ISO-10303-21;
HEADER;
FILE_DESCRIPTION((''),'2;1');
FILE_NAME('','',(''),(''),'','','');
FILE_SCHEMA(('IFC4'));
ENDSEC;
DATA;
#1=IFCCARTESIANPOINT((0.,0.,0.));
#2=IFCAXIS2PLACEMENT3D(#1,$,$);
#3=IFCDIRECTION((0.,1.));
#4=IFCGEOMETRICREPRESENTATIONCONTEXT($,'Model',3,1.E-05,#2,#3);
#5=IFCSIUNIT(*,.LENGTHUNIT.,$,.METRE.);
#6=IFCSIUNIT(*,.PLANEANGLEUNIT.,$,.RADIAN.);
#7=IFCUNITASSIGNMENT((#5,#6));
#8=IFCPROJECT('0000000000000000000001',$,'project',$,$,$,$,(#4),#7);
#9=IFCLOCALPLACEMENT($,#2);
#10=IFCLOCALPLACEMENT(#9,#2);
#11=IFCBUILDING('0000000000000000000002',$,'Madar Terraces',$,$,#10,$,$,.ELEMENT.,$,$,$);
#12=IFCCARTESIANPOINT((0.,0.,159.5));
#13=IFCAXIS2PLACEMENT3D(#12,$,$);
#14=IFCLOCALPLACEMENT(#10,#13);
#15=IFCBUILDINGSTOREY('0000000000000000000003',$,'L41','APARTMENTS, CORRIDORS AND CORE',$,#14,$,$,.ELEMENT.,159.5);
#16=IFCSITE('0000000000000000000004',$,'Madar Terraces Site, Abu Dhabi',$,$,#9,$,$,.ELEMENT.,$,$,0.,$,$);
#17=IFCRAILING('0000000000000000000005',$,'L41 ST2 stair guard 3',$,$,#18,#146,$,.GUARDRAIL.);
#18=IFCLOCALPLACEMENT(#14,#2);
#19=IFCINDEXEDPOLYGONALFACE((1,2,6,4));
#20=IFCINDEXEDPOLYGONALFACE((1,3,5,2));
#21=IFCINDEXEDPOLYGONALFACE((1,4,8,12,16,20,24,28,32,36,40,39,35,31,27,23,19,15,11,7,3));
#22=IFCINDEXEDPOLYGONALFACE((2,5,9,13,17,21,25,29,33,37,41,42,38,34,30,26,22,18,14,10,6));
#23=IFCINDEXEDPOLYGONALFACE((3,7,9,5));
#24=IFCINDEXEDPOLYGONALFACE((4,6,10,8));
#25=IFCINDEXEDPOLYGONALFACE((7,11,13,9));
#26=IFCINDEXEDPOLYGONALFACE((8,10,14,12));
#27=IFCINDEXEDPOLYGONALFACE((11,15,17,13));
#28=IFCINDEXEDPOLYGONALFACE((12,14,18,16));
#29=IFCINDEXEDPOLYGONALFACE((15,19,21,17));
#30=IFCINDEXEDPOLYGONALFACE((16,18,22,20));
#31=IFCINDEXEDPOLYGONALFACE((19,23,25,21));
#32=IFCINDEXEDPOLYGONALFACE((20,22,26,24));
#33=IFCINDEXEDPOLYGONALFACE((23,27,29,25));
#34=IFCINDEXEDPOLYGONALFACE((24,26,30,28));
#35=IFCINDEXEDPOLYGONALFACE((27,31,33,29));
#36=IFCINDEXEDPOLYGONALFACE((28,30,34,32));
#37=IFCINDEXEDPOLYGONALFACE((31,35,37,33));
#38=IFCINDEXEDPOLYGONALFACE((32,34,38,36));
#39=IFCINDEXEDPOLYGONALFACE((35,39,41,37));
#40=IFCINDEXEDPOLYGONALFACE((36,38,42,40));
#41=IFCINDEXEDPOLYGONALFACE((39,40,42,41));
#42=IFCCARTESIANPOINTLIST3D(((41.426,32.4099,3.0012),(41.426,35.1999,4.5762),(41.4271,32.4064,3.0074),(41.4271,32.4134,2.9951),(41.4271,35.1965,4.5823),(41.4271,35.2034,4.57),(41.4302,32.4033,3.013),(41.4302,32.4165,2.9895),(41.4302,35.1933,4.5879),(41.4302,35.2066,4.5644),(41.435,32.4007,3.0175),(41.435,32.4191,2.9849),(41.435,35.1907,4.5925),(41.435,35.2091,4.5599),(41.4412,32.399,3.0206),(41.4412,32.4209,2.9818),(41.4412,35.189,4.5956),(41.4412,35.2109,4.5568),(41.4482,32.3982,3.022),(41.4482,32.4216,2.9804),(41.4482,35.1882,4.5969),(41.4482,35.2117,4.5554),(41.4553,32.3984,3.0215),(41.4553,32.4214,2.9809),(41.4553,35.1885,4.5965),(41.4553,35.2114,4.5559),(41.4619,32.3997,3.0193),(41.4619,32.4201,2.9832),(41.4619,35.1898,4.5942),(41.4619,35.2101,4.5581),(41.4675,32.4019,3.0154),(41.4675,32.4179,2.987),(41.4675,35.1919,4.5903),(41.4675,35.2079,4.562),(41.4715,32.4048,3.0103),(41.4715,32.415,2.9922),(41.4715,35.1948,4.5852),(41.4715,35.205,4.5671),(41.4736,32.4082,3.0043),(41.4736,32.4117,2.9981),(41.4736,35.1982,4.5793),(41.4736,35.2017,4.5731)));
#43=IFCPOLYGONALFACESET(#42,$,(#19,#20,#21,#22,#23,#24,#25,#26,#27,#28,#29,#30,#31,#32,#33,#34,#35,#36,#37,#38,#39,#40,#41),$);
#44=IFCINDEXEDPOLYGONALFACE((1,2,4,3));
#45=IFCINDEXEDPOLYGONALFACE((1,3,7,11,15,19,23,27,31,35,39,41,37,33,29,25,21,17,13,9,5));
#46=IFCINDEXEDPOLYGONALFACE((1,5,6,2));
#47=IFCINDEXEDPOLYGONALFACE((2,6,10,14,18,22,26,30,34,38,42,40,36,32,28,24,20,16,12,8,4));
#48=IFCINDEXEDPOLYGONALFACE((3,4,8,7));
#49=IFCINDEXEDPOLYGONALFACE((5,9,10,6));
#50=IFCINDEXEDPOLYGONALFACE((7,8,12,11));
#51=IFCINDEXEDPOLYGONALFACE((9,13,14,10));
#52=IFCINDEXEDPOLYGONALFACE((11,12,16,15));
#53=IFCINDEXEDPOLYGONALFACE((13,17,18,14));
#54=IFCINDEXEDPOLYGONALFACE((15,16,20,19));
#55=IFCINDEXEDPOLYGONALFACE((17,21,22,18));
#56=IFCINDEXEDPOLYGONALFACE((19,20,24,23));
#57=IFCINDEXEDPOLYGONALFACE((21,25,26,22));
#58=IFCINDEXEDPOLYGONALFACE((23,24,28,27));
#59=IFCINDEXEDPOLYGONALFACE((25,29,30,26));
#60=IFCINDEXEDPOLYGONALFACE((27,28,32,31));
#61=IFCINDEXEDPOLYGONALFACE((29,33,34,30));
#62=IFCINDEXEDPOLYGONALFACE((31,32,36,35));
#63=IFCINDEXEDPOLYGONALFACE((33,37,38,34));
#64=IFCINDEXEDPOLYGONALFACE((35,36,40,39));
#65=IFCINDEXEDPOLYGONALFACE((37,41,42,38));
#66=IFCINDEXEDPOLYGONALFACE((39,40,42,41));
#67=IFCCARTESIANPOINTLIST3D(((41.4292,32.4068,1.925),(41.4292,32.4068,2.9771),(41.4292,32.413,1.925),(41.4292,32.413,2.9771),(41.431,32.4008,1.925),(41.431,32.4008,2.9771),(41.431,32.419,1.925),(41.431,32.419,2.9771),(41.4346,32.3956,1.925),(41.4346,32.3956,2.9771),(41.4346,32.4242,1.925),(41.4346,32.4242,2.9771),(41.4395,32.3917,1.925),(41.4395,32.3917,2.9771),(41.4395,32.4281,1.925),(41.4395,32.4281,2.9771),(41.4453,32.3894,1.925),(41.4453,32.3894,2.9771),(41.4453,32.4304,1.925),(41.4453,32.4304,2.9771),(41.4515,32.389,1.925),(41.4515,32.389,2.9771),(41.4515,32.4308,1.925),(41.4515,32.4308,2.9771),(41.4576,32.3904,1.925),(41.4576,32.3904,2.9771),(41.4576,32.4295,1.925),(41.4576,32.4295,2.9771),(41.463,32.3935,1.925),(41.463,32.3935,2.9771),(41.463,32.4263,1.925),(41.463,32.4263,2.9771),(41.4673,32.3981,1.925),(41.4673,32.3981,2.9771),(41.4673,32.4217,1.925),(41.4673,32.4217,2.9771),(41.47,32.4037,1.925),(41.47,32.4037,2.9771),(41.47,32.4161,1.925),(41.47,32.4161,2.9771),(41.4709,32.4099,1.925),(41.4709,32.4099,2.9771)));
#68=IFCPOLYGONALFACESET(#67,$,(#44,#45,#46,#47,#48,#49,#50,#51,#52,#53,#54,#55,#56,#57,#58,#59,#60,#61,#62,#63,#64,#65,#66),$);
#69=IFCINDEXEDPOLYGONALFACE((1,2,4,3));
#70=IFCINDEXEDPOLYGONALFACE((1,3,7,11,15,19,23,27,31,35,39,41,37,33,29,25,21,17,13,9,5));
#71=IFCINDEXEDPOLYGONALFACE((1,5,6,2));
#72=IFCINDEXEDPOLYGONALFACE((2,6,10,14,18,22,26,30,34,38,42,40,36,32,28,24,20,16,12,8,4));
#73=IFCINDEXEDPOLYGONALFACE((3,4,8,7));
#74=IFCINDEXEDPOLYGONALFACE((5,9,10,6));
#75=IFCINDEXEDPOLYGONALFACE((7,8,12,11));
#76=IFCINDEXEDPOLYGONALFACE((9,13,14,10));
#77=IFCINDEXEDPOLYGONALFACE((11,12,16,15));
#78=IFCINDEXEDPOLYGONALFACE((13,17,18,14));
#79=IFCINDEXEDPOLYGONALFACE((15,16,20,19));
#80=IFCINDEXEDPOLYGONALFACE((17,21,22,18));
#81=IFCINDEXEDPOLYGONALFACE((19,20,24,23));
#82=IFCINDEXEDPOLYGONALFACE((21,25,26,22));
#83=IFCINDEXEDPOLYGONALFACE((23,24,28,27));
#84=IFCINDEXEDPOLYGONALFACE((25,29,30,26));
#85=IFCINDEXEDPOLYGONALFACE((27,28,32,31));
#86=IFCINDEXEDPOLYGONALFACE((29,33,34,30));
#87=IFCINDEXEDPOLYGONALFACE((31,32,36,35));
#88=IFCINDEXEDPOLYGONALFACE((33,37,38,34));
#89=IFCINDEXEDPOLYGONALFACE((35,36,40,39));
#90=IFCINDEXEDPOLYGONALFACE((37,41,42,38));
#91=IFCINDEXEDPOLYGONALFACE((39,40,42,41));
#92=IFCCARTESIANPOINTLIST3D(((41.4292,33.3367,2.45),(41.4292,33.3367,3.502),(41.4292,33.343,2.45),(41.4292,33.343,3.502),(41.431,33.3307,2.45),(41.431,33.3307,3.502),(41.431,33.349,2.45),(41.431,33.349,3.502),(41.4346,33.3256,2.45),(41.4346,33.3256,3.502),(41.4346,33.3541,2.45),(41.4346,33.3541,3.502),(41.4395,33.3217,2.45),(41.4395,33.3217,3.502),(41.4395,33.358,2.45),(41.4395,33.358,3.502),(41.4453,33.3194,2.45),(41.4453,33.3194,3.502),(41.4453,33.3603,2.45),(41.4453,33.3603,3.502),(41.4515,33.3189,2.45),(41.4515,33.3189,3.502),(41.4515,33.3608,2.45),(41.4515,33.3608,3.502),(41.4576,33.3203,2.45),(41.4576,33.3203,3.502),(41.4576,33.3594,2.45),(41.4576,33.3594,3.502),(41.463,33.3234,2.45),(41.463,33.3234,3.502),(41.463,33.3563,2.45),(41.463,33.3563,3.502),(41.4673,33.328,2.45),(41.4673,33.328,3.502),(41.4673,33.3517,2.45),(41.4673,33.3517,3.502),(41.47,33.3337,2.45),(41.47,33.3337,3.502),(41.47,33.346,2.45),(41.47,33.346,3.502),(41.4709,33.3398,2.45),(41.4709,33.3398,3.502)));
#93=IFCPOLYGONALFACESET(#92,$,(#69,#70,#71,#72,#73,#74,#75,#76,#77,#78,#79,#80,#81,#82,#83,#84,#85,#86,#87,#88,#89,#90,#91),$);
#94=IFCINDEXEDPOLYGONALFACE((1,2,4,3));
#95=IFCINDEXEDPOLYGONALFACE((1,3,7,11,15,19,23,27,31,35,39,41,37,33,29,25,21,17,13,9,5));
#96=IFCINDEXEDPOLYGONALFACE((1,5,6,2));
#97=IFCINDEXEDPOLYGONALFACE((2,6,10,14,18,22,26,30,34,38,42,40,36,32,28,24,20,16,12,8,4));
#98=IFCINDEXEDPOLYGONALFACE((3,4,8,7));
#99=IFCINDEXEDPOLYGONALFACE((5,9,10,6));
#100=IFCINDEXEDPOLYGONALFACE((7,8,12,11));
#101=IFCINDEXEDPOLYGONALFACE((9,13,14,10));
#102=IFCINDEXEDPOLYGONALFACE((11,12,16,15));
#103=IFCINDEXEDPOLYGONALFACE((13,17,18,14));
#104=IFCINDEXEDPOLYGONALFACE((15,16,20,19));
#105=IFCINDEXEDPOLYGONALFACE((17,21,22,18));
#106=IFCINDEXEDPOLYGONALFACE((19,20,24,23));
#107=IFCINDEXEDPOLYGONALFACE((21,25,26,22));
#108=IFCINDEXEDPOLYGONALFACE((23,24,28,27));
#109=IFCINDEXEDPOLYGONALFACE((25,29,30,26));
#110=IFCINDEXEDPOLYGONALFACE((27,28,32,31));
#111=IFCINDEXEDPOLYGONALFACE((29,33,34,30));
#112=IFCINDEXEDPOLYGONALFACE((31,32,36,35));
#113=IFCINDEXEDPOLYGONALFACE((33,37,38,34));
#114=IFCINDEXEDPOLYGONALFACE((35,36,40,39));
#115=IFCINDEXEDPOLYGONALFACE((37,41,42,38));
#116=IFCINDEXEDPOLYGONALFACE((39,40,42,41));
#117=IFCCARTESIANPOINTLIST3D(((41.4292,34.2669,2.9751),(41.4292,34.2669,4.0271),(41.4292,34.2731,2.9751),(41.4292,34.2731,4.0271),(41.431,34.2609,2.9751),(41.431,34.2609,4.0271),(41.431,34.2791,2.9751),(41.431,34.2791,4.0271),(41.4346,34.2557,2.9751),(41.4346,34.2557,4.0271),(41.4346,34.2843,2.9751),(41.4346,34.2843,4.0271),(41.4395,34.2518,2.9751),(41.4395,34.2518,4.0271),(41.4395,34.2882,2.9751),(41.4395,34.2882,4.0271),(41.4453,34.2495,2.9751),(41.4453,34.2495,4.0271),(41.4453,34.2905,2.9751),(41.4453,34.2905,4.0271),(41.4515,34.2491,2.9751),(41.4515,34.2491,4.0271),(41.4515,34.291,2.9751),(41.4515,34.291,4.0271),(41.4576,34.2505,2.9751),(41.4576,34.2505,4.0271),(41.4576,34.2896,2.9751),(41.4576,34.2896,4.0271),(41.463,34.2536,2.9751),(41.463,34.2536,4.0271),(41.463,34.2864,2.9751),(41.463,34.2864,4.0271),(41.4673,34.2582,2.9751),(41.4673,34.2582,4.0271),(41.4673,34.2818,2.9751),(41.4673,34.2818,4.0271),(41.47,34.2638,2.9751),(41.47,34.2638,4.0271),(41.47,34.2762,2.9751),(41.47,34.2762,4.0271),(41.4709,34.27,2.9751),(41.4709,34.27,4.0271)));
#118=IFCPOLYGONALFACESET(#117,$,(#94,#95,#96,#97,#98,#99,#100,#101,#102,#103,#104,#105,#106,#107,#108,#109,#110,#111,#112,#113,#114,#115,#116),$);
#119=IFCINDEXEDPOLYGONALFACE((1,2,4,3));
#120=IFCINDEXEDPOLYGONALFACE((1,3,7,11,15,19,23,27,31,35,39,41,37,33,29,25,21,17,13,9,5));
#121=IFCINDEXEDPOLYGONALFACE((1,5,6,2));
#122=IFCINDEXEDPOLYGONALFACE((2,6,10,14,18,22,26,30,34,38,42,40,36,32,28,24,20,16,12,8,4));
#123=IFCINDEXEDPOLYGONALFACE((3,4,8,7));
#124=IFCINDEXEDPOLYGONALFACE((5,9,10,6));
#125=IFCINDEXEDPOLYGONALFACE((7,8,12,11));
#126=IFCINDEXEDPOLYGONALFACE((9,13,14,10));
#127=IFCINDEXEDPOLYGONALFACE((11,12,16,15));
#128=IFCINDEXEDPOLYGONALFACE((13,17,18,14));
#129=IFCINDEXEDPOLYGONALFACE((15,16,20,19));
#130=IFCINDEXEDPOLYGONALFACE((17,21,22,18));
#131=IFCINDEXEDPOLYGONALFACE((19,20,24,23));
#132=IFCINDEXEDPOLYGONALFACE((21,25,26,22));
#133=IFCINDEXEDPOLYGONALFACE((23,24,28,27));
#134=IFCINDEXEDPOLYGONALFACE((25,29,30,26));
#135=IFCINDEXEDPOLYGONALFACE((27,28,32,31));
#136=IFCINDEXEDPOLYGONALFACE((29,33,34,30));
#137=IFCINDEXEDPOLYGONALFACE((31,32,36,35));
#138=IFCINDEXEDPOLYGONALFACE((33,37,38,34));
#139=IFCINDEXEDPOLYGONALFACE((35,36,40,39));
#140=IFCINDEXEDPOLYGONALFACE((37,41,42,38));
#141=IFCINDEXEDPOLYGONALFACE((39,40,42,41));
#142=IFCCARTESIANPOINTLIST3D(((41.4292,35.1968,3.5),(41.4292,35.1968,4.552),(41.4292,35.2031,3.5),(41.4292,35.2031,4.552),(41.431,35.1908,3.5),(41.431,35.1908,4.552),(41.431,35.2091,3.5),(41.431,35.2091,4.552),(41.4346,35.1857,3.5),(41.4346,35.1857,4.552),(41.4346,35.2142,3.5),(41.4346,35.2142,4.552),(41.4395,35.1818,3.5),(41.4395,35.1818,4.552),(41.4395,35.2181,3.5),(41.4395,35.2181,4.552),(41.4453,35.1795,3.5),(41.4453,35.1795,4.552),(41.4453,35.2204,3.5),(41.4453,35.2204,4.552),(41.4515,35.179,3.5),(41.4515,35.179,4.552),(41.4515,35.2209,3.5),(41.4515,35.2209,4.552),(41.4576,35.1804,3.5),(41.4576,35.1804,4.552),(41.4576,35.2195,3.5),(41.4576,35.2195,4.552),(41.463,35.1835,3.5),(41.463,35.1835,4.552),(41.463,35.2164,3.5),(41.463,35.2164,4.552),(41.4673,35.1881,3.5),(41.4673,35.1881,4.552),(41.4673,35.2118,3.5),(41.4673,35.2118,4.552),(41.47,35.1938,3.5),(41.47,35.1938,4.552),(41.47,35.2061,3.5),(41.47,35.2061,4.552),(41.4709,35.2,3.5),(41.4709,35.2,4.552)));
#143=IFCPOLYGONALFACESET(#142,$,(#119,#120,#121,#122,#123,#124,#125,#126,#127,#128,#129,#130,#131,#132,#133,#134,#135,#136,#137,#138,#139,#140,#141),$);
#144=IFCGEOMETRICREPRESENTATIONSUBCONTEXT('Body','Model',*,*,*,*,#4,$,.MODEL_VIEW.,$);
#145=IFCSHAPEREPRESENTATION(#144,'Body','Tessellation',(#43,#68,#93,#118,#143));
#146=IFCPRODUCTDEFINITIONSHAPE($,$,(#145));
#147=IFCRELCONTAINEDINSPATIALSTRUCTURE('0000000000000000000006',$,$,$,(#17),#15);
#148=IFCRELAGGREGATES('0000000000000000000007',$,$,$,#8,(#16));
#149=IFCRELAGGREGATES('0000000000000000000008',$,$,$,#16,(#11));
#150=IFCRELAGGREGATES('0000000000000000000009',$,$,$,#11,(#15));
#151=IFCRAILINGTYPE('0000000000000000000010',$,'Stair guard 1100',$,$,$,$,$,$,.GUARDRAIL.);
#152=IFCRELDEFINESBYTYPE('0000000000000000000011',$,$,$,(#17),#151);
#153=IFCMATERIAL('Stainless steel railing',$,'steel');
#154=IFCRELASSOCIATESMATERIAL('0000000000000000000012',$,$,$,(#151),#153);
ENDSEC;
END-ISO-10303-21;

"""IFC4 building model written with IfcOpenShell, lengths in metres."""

from ifc_helpers import new_model, si_unit, direction, frame, origin, origin_2d, place, context, subcontext, project, spatial, circle, extrude, material, type_object, element, save


model = new_model("IFC4")

# Units and contexts
model_context = context("Model", 3, precision=1e-05, world=origin(), true_north=direction((0.0, 1.0)))
body_context = subcontext(model_context, "Body", "Model", "MODEL_VIEW")
ifc_project = project(units=[si_unit("LENGTHUNIT", "METRE"), si_unit("PLANEANGLEUNIT", "RADIAN")], contexts=[model_context])

# Site, building, storey
site_placement = place(None, origin())
site = spatial("IfcSite", under=ifc_project, at=site_placement, Name="Madar Terraces Site, Abu Dhabi", CompositionType="ELEMENT", RefElevation=0.0)
building_placement = place(site_placement, origin())
building = spatial("IfcBuilding", under=site, at=building_placement, Name="Madar Terraces", CompositionType="ELEMENT")
storey_placement = place(building_placement, frame((0.0, 0.0, 159.5)))
storey = spatial("IfcBuildingStorey", under=building, at=storey_placement, Name="L41", Description="APARTMENTS, CORRIDORS AND CORE", CompositionType="ELEMENT", Elevation=159.5)

# Railing
ifc_material_1 = material(Name="Stainless steel railing", Category="steel")
railing_type_1 = type_object("IfcRailingType", Name="Stair guard 1100", PredefinedType="GUARDRAIL", material=ifc_material_1)
railing_1_placement = place(storey_placement, frame((41.45, 32.4099, 1.925)))
element("IfcRailing", 1, at=railing_1_placement, inside=storey, type_object=railing_type_1, Name="L41 ST2 stair guard 3", PredefinedType="GUARDRAIL", context=body_context, shape_type="SweptSolid", body=[
    extrude(circle(Radius=0.0239, at=origin_2d()), frame((0.0, 0.0, 1.0762), z_axis=(0.0, 0.870834, 0.491578), x_axis=(-1.0, 0.0, 0.0)), (0.0, 0.0, 1.0), 3.2039),
    extrude(circle(Radius=0.021, at=origin_2d()), origin(), (0.0, 0.0, 1.0), 1.052),
    extrude(circle(Radius=0.021, at=origin_2d()), frame((0.0, 0.9299, 0.5249)), (0.0, 0.0, 1.0), 1.052),
    extrude(circle(Radius=0.021, at=origin_2d()), frame((0.0, 1.8601, 1.05)), (0.0, 0.0, 1.0), 1.052),
    extrude(circle(Radius=0.021, at=origin_2d()), frame((0.0, 2.79, 1.575)), (0.0, 0.0, 1.0), 1.052),
])

save(model, "model.ifc")
